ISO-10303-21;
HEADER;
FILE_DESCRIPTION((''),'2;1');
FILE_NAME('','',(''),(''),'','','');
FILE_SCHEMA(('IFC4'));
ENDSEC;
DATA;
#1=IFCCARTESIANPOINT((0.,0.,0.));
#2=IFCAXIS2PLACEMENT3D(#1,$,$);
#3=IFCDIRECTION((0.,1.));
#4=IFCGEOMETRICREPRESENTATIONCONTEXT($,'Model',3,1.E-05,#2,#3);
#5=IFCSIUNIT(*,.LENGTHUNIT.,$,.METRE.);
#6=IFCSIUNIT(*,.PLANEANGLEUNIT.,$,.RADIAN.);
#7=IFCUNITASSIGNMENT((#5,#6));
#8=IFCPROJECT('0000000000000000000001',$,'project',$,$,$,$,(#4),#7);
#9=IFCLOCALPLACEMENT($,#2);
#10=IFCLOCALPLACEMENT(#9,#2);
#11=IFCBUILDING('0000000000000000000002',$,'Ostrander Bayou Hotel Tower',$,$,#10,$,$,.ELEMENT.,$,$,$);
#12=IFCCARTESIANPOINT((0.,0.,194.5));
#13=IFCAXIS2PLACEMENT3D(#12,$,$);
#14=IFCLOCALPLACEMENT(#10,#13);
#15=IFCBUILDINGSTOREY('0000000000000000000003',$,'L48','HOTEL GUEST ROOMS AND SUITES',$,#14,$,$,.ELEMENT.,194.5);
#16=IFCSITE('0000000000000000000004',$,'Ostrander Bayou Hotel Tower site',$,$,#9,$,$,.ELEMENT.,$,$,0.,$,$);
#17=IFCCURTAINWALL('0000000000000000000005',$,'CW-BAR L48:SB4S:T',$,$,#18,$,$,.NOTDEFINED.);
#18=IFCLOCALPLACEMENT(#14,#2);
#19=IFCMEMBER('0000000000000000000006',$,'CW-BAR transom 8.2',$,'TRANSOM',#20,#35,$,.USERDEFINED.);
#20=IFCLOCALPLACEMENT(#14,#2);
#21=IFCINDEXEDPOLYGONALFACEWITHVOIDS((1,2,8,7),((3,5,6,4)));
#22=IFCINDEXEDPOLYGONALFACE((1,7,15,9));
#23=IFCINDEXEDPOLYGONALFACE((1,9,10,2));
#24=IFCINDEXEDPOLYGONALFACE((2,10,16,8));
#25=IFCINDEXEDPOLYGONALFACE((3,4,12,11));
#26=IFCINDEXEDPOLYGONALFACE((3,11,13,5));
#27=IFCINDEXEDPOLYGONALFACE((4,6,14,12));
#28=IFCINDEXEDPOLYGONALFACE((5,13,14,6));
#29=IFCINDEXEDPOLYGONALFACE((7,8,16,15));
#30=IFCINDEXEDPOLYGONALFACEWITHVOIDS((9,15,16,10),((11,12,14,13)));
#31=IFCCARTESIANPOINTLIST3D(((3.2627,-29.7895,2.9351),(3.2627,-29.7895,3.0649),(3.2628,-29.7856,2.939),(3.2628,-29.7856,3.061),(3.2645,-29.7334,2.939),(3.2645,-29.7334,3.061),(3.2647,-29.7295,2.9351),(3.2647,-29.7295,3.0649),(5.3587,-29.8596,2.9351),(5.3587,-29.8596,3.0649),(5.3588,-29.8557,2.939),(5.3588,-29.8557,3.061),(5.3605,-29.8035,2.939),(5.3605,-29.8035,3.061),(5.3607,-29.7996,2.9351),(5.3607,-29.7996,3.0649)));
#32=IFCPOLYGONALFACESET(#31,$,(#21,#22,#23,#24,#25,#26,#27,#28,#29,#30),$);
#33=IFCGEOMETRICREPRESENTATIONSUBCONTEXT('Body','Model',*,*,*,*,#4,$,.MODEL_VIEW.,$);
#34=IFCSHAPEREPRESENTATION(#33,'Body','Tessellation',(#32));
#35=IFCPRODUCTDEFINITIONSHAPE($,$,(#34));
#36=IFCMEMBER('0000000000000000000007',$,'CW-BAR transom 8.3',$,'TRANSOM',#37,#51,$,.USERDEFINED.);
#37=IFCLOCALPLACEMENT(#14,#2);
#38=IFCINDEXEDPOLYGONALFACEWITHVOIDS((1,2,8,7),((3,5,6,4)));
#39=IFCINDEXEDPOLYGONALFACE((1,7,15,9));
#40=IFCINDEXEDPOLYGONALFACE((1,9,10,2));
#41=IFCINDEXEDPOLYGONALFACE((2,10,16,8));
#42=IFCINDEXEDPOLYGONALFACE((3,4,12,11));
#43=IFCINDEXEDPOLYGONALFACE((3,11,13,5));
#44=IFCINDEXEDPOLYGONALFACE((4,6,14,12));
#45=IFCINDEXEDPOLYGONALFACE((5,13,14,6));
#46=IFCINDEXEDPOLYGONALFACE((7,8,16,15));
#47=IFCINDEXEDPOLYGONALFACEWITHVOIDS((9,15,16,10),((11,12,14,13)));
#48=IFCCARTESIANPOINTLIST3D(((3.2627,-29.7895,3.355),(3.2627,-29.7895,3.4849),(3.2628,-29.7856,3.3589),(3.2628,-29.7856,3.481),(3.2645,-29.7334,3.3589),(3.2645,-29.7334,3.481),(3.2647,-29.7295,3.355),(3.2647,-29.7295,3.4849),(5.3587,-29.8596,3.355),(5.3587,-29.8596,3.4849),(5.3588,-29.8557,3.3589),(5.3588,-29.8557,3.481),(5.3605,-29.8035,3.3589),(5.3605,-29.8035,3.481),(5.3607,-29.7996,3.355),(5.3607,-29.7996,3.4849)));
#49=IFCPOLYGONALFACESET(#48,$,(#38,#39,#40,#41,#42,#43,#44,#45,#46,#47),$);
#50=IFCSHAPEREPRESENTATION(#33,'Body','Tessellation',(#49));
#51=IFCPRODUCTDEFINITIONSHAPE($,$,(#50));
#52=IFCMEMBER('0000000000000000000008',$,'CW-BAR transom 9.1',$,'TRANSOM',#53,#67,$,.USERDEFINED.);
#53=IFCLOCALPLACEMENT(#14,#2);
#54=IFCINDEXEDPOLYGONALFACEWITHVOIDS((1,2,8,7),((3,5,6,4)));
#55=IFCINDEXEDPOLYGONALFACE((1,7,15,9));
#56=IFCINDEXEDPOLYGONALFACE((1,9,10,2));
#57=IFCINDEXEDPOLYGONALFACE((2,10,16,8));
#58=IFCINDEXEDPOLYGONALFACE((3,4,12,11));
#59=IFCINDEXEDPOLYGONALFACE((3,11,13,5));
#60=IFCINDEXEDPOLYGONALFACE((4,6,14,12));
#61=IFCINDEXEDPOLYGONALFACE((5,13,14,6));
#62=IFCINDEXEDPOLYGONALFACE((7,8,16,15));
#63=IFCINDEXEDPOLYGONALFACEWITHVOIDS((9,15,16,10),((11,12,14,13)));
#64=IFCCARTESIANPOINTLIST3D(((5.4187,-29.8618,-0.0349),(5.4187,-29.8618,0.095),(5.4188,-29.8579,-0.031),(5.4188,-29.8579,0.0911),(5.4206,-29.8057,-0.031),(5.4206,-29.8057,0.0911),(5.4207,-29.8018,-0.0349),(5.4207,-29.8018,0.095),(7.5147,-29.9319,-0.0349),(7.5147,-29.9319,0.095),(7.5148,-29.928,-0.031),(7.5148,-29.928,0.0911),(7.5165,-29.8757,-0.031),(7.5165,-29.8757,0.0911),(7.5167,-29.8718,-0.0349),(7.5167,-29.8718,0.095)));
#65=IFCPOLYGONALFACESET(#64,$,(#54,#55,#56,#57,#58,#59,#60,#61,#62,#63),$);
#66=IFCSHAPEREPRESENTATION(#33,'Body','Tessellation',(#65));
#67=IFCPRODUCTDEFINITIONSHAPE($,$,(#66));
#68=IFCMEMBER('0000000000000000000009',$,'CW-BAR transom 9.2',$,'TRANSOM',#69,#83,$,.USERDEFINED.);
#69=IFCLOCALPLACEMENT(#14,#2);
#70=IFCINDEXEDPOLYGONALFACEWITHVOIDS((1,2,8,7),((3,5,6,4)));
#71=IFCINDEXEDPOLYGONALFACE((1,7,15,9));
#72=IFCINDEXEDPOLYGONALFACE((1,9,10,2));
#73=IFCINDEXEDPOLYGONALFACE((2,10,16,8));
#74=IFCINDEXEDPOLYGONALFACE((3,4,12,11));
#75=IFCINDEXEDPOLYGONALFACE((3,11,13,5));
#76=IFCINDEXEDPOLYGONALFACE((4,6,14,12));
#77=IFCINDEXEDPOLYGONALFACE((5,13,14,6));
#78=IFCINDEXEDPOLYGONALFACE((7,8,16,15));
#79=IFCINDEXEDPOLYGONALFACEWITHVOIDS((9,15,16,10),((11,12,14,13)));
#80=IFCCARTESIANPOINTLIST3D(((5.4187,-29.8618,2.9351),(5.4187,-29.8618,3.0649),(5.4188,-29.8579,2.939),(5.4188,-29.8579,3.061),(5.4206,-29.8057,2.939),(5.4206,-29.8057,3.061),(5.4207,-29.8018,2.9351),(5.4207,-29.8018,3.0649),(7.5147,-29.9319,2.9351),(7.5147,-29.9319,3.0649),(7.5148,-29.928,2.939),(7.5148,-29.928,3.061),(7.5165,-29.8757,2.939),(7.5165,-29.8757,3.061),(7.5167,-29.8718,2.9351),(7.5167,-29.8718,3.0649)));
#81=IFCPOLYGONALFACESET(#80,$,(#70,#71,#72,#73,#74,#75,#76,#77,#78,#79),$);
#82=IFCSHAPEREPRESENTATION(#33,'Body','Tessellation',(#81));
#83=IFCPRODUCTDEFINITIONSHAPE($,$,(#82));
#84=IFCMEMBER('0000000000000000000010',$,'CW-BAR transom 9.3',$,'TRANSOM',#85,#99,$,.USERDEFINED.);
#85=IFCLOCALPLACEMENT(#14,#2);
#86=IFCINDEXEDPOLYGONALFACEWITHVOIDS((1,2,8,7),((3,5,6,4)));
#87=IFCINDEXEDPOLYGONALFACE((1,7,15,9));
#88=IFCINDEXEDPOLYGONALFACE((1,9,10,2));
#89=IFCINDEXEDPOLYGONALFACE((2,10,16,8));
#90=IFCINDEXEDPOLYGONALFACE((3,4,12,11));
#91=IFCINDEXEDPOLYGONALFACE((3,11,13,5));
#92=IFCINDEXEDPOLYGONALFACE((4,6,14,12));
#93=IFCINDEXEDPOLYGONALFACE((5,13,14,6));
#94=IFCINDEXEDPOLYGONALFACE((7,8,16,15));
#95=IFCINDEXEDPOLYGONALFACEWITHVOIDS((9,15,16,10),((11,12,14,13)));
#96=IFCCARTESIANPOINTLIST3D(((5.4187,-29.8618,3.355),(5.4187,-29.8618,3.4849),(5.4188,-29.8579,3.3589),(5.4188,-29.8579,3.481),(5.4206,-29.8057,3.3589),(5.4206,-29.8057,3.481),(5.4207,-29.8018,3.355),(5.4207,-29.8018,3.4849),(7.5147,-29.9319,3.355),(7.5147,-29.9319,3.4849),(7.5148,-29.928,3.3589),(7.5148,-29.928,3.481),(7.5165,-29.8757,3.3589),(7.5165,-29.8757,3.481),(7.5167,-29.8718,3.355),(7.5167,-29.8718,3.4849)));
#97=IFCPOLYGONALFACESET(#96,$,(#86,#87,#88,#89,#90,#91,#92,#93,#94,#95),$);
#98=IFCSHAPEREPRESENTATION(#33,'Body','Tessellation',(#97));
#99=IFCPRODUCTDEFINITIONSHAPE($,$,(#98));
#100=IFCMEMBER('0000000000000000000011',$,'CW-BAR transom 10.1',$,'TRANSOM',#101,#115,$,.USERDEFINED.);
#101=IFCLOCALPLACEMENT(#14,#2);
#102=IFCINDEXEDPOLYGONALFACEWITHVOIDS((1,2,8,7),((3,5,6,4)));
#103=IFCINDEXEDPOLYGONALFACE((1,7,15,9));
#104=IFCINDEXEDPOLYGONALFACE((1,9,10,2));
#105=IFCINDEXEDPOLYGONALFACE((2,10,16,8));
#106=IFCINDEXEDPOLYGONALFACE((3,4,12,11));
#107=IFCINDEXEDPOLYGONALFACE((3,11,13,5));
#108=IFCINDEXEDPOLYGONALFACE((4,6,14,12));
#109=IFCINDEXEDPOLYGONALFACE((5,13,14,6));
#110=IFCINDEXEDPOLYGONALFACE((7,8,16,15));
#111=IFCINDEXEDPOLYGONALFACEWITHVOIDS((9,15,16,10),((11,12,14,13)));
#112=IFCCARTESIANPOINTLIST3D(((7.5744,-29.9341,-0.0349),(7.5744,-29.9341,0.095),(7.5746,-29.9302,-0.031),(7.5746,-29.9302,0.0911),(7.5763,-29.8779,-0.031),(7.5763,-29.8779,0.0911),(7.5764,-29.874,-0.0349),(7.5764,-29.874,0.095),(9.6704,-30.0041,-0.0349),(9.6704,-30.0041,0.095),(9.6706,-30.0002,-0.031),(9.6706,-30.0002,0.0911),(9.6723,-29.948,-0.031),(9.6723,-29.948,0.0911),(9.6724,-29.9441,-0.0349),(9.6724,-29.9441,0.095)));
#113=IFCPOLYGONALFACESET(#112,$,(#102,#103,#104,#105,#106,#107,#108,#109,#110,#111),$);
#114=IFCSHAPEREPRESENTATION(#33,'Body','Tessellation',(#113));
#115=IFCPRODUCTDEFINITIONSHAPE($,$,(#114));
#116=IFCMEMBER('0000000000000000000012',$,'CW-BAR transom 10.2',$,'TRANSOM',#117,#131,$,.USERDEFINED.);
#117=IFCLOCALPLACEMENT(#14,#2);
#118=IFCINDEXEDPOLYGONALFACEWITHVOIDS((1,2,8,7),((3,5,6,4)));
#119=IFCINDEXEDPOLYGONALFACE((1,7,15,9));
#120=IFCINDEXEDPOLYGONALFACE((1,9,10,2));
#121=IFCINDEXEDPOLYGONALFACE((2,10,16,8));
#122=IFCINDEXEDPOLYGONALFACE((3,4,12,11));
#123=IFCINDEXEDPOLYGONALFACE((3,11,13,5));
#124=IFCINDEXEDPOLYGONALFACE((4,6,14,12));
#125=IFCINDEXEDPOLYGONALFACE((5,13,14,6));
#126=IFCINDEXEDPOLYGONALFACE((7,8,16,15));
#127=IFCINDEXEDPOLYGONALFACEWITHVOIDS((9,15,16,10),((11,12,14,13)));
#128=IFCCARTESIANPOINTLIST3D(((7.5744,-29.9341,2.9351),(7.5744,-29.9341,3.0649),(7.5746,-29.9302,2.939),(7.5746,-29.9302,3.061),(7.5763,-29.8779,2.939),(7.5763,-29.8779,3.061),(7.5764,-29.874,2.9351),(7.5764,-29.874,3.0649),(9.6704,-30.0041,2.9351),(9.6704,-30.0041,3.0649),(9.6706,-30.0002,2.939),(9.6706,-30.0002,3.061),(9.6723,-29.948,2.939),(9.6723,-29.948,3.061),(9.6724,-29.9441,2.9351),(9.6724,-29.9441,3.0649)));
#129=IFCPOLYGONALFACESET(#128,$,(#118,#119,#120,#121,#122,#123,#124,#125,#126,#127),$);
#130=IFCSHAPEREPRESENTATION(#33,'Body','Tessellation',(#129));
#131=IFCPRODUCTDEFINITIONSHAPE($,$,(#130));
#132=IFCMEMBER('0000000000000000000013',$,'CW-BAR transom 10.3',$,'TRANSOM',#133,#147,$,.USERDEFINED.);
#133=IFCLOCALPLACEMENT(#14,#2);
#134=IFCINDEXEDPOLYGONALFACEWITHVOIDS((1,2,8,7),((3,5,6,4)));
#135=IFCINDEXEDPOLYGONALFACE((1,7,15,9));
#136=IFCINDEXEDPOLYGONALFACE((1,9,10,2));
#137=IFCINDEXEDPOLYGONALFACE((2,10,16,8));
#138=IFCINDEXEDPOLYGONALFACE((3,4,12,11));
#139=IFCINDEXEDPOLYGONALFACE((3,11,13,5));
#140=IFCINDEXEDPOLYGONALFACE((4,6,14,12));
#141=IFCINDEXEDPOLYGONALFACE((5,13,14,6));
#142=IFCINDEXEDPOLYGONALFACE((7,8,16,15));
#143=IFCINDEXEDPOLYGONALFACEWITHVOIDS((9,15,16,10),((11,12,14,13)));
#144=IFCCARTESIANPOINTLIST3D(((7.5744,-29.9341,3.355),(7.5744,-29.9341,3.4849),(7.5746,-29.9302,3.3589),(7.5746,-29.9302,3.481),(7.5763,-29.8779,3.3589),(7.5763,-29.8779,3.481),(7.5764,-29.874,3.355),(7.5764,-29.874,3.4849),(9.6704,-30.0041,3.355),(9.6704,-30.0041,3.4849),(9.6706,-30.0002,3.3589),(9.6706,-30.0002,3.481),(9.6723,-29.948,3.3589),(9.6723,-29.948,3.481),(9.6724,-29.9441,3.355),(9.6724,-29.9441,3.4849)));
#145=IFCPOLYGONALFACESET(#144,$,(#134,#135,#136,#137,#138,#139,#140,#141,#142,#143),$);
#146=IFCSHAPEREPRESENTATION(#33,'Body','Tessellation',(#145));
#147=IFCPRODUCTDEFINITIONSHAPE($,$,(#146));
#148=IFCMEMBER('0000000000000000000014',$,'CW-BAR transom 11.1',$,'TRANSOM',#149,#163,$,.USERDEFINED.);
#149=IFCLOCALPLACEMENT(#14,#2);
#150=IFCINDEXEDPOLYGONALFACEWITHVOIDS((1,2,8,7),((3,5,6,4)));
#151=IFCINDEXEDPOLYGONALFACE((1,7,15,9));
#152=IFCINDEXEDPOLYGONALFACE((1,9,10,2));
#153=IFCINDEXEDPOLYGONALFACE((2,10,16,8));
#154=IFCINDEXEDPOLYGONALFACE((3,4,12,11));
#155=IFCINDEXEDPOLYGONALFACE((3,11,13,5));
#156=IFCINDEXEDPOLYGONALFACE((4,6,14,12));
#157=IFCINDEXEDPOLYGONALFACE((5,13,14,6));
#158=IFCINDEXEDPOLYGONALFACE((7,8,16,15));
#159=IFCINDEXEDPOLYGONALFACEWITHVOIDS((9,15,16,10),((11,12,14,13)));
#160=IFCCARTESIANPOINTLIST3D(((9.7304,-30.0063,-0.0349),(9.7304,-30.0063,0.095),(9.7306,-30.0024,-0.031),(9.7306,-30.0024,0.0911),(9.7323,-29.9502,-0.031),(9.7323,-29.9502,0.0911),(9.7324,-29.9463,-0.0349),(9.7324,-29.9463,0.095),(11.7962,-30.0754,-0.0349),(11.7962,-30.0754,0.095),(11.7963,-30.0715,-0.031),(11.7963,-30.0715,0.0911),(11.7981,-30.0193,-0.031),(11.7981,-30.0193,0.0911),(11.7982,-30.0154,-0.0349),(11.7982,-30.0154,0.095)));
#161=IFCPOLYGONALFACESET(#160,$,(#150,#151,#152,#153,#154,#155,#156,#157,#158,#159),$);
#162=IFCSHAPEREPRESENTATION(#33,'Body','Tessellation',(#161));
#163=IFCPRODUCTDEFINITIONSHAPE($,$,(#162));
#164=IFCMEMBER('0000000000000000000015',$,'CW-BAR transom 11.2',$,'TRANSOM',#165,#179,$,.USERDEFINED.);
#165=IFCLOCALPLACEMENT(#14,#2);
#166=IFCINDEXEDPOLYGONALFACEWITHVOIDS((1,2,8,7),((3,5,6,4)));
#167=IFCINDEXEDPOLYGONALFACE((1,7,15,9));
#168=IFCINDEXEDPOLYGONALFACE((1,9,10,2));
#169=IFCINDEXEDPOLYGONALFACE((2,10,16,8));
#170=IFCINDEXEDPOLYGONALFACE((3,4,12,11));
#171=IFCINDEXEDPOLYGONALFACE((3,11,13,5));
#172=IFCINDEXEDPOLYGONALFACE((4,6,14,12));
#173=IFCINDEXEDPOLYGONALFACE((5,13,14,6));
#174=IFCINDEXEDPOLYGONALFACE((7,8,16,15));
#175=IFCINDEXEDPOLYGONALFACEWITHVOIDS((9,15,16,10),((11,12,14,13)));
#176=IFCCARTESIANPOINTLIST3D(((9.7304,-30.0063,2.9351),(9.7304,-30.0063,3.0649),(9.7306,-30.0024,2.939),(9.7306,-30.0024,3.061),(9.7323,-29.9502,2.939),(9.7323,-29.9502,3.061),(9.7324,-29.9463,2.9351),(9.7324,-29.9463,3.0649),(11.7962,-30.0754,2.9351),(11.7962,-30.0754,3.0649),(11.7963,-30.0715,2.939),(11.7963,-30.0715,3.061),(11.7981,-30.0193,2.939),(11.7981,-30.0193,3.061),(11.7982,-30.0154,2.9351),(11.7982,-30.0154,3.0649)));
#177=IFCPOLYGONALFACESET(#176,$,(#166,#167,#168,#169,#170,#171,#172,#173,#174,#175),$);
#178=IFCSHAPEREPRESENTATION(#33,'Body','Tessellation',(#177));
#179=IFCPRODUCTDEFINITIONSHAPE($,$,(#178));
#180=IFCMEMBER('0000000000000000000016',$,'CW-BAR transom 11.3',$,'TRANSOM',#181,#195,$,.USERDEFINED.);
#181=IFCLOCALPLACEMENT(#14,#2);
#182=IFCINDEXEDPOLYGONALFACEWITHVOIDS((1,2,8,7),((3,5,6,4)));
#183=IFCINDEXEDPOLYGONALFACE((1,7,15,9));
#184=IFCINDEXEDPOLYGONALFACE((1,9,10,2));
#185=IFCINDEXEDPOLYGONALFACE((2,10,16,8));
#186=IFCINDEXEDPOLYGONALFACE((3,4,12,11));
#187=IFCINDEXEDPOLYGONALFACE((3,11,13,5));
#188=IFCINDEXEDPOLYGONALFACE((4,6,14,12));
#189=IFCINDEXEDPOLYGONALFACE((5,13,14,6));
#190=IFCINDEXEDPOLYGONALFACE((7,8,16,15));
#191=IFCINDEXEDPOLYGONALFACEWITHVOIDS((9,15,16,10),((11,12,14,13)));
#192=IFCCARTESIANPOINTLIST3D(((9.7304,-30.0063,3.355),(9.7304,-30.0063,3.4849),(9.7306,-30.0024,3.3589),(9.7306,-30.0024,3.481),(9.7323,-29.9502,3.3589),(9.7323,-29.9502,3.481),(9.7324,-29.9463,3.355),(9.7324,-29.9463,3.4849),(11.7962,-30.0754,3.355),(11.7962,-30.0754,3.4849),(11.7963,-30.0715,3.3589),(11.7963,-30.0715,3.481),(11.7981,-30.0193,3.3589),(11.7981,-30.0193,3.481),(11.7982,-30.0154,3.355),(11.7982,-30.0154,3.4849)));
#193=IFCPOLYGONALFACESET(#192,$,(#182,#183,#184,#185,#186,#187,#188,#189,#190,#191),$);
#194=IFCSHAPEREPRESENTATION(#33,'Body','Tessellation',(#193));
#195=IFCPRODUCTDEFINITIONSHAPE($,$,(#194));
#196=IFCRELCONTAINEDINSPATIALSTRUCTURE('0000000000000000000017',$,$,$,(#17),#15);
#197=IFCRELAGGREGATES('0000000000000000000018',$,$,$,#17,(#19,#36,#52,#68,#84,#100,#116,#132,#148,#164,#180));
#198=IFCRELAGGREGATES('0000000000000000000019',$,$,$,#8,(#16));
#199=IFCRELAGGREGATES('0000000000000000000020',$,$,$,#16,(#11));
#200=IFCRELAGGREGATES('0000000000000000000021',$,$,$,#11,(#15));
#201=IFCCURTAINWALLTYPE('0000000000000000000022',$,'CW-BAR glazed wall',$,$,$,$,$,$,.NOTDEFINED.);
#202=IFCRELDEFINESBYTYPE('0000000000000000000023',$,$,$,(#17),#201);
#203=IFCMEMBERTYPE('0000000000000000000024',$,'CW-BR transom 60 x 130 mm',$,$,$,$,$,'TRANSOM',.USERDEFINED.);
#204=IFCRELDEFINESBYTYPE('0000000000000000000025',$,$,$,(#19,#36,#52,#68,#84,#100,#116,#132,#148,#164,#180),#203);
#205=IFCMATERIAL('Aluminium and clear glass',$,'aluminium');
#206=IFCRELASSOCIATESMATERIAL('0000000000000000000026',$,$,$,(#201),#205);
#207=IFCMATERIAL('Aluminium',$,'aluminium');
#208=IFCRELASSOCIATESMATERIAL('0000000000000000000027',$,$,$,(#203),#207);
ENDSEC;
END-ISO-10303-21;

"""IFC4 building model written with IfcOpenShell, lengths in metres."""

from ifc_helpers import new_model, si_unit, direction, frame, origin, origin_2d, place, context, subcontext, project, spatial, hollow_rectangle, extrude, material, material_profile, profile_set, type_object, element, aggregate, save


model = new_model("IFC4")

# Units and contexts
model_context = context("Model", 3, precision=1e-05, world=origin(), true_north=direction((0.0, 1.0)))
body_context = subcontext(model_context, "Body", "Model", "MODEL_VIEW")
ifc_project = project(units=[si_unit("LENGTHUNIT", "METRE"), si_unit("PLANEANGLEUNIT", "RADIAN")], contexts=[model_context])

# Site, building, storey
site_placement = place(None, origin())
site = spatial("IfcSite", under=ifc_project, at=site_placement, Name="Ostrander Bayou Hotel Tower site", CompositionType="ELEMENT", RefElevation=0.0)
building_placement = place(site_placement, origin())
building = spatial("IfcBuilding", under=site, at=building_placement, Name="Ostrander Bayou Hotel Tower", CompositionType="ELEMENT")
storey_placement = place(building_placement, frame((0.0, 0.0, 194.5)))
storey = spatial("IfcBuildingStorey", under=building, at=storey_placement, Name="L48", Description="HOTEL GUEST ROOMS AND SUITES", CompositionType="ELEMENT", Elevation=194.5)

# Curtain wall, members
ifc_material_1 = material(Name="Aluminium and clear glass", Category="aluminium")
curtain_wall_type = type_object("IfcCurtainWallType", Name="CW-BAR glazed wall", PredefinedType="NOTDEFINED", material=ifc_material_1)
curtain_wall_placement = place(storey_placement, origin())
curtain_wall = element("IfcCurtainWall", 1, at=curtain_wall_placement, inside=storey, type_object=curtain_wall_type, Name="CW-BAR L48:SB4S:T", PredefinedType="NOTDEFINED")
ifc_material_2 = material(Name="Aluminium", Category="aluminium")
ifc_material_profile_1 = material_profile(ifc_material_2, hollow_rectangle(XDim=0.0601, YDim=0.1299, WallThickness=0.0039, at=origin_2d()))
ifc_profile_set_1 = profile_set([ifc_material_profile_1], Name="Aluminium")
member_type_1 = type_object("IfcMemberType", Name="CW-BR transom 60 x 130 mm", ElementType="TRANSOM", PredefinedType="USERDEFINED", material=ifc_profile_set_1)
member_1_placement = place(storey_placement, frame((3.2637, -29.7595, 3.0), z_axis=(0.999442, -0.033412, 0.0), x_axis=(0.033412, 0.999442, 0.0)))
member_1 = element("IfcMember", 2, at=member_1_placement, type_object=member_type_1, Name="CW-BAR transom 8.2", ObjectType="TRANSOM", PredefinedType="USERDEFINED", context=body_context, shape_type="SweptSolid", body=[
    extrude(hollow_rectangle(XDim=0.0601, YDim=0.1299, WallThickness=0.0039, at=origin_2d()), origin(), (0.0, 0.0, 1.0), 2.0972),
])
member_2_placement = place(storey_placement, frame((3.2637, -29.7595, 3.4199), z_axis=(0.999442, -0.033412, 0.0), x_axis=(0.033412, 0.999442, 0.0)))
member_2 = element("IfcMember", 3, at=member_2_placement, type_object=member_type_1, Name="CW-BAR transom 8.3", ObjectType="TRANSOM", PredefinedType="USERDEFINED", context=body_context, shape_type="SweptSolid", body=[
    extrude(hollow_rectangle(XDim=0.0601, YDim=0.1299, WallThickness=0.0039, at=origin_2d()), origin(), (0.0, 0.0, 1.0), 2.0972),
])
member_3_placement = place(storey_placement, frame((5.4197, -29.8318, 0.03), z_axis=(0.999442, -0.033412, 0.0), x_axis=(0.033412, 0.999442, 0.0)))
member_3 = element("IfcMember", 4, at=member_3_placement, type_object=member_type_1, Name="CW-BAR transom 9.1", ObjectType="TRANSOM", PredefinedType="USERDEFINED", context=body_context, shape_type="SweptSolid", body=[
    extrude(hollow_rectangle(XDim=0.0601, YDim=0.1299, WallThickness=0.0039, at=origin_2d()), origin(), (0.0, 0.0, 1.0), 2.0972),
])
member_4_placement = place(storey_placement, frame((5.4197, -29.8318, 3.0), z_axis=(0.999442, -0.033412, 0.0), x_axis=(0.033412, 0.999442, 0.0)))
member_4 = element("IfcMember", 5, at=member_4_placement, type_object=member_type_1, Name="CW-BAR transom 9.2", ObjectType="TRANSOM", PredefinedType="USERDEFINED", context=body_context, shape_type="SweptSolid", body=[
    extrude(hollow_rectangle(XDim=0.0601, YDim=0.1299, WallThickness=0.0039, at=origin_2d()), origin(), (0.0, 0.0, 1.0), 2.0972),
])
member_5_placement = place(storey_placement, frame((5.4197, -29.8318, 3.4199), z_axis=(0.999442, -0.033412, 0.0), x_axis=(0.033412, 0.999442, 0.0)))
member_5 = element("IfcMember", 6, at=member_5_placement, type_object=member_type_1, Name="CW-BAR transom 9.3", ObjectType="TRANSOM", PredefinedType="USERDEFINED", context=body_context, shape_type="SweptSolid", body=[
    extrude(hollow_rectangle(XDim=0.0601, YDim=0.1299, WallThickness=0.0039, at=origin_2d()), origin(), (0.0, 0.0, 1.0), 2.0972),
])
member_6_placement = place(storey_placement, frame((7.5754, -29.9041, 0.03), z_axis=(0.999442, -0.033412, 0.0), x_axis=(0.033412, 0.999442, 0.0)))
member_6 = element("IfcMember", 7, at=member_6_placement, type_object=member_type_1, Name="CW-BAR transom 10.1", ObjectType="TRANSOM", PredefinedType="USERDEFINED", context=body_context, shape_type="SweptSolid", body=[
    extrude(hollow_rectangle(XDim=0.0601, YDim=0.1299, WallThickness=0.0039, at=origin_2d()), origin(), (0.0, 0.0, 1.0), 2.0972),
])
member_7_placement = place(storey_placement, frame((7.5754, -29.9041, 3.0), z_axis=(0.999442, -0.033412, 0.0), x_axis=(0.033412, 0.999442, 0.0)))
member_7 = element("IfcMember", 8, at=member_7_placement, type_object=member_type_1, Name="CW-BAR transom 10.2", ObjectType="TRANSOM", PredefinedType="USERDEFINED", context=body_context, shape_type="SweptSolid", body=[
    extrude(hollow_rectangle(XDim=0.0601, YDim=0.1299, WallThickness=0.0039, at=origin_2d()), origin(), (0.0, 0.0, 1.0), 2.0972),
])
member_8_placement = place(storey_placement, frame((7.5754, -29.9041, 3.4199), z_axis=(0.999442, -0.033412, 0.0), x_axis=(0.033412, 0.999442, 0.0)))
member_8 = element("IfcMember", 9, at=member_8_placement, type_object=member_type_1, Name="CW-BAR transom 10.3", ObjectType="TRANSOM", PredefinedType="USERDEFINED", context=body_context, shape_type="SweptSolid", body=[
    extrude(hollow_rectangle(XDim=0.0601, YDim=0.1299, WallThickness=0.0039, at=origin_2d()), origin(), (0.0, 0.0, 1.0), 2.0972),
])
member_9_placement = place(storey_placement, frame((9.7314, -29.9763, 0.03), z_axis=(0.999441, -0.033429, 0.0), x_axis=(0.033429, 0.999441, 0.0)))
member_9 = element("IfcMember", 10, at=member_9_placement, type_object=member_type_1, Name="CW-BAR transom 11.1", ObjectType="TRANSOM", PredefinedType="USERDEFINED", context=body_context, shape_type="SweptSolid", body=[
    extrude(hollow_rectangle(XDim=0.0601, YDim=0.1299, WallThickness=0.0039, at=origin_2d()), origin(), (0.0, 0.0, 1.0), 2.0669),
])
member_10_placement = place(storey_placement, frame((9.7314, -29.9763, 3.0), z_axis=(0.999441, -0.033429, 0.0), x_axis=(0.033429, 0.999441, 0.0)))
member_10 = element("IfcMember", 11, at=member_10_placement, type_object=member_type_1, Name="CW-BAR transom 11.2", ObjectType="TRANSOM", PredefinedType="USERDEFINED", context=body_context, shape_type="SweptSolid", body=[
    extrude(hollow_rectangle(XDim=0.0601, YDim=0.1299, WallThickness=0.0039, at=origin_2d()), origin(), (0.0, 0.0, 1.0), 2.0669),
])
member_11_placement = place(storey_placement, frame((9.7314, -29.9763, 3.4199), z_axis=(0.999441, -0.033429, 0.0), x_axis=(0.033429, 0.999441, 0.0)))
member_11 = element("IfcMember", 12, at=member_11_placement, type_object=member_type_1, Name="CW-BAR transom 11.3", ObjectType="TRANSOM", PredefinedType="USERDEFINED", context=body_context, shape_type="SweptSolid", body=[
    extrude(hollow_rectangle(XDim=0.0601, YDim=0.1299, WallThickness=0.0039, at=origin_2d()), origin(), (0.0, 0.0, 1.0), 2.0669),
])
aggregate(curtain_wall, [member_1, member_2, member_3, member_4, member_5, member_6, member_7, member_8, member_9, member_10, member_11])

save(model, "model.ifc")
